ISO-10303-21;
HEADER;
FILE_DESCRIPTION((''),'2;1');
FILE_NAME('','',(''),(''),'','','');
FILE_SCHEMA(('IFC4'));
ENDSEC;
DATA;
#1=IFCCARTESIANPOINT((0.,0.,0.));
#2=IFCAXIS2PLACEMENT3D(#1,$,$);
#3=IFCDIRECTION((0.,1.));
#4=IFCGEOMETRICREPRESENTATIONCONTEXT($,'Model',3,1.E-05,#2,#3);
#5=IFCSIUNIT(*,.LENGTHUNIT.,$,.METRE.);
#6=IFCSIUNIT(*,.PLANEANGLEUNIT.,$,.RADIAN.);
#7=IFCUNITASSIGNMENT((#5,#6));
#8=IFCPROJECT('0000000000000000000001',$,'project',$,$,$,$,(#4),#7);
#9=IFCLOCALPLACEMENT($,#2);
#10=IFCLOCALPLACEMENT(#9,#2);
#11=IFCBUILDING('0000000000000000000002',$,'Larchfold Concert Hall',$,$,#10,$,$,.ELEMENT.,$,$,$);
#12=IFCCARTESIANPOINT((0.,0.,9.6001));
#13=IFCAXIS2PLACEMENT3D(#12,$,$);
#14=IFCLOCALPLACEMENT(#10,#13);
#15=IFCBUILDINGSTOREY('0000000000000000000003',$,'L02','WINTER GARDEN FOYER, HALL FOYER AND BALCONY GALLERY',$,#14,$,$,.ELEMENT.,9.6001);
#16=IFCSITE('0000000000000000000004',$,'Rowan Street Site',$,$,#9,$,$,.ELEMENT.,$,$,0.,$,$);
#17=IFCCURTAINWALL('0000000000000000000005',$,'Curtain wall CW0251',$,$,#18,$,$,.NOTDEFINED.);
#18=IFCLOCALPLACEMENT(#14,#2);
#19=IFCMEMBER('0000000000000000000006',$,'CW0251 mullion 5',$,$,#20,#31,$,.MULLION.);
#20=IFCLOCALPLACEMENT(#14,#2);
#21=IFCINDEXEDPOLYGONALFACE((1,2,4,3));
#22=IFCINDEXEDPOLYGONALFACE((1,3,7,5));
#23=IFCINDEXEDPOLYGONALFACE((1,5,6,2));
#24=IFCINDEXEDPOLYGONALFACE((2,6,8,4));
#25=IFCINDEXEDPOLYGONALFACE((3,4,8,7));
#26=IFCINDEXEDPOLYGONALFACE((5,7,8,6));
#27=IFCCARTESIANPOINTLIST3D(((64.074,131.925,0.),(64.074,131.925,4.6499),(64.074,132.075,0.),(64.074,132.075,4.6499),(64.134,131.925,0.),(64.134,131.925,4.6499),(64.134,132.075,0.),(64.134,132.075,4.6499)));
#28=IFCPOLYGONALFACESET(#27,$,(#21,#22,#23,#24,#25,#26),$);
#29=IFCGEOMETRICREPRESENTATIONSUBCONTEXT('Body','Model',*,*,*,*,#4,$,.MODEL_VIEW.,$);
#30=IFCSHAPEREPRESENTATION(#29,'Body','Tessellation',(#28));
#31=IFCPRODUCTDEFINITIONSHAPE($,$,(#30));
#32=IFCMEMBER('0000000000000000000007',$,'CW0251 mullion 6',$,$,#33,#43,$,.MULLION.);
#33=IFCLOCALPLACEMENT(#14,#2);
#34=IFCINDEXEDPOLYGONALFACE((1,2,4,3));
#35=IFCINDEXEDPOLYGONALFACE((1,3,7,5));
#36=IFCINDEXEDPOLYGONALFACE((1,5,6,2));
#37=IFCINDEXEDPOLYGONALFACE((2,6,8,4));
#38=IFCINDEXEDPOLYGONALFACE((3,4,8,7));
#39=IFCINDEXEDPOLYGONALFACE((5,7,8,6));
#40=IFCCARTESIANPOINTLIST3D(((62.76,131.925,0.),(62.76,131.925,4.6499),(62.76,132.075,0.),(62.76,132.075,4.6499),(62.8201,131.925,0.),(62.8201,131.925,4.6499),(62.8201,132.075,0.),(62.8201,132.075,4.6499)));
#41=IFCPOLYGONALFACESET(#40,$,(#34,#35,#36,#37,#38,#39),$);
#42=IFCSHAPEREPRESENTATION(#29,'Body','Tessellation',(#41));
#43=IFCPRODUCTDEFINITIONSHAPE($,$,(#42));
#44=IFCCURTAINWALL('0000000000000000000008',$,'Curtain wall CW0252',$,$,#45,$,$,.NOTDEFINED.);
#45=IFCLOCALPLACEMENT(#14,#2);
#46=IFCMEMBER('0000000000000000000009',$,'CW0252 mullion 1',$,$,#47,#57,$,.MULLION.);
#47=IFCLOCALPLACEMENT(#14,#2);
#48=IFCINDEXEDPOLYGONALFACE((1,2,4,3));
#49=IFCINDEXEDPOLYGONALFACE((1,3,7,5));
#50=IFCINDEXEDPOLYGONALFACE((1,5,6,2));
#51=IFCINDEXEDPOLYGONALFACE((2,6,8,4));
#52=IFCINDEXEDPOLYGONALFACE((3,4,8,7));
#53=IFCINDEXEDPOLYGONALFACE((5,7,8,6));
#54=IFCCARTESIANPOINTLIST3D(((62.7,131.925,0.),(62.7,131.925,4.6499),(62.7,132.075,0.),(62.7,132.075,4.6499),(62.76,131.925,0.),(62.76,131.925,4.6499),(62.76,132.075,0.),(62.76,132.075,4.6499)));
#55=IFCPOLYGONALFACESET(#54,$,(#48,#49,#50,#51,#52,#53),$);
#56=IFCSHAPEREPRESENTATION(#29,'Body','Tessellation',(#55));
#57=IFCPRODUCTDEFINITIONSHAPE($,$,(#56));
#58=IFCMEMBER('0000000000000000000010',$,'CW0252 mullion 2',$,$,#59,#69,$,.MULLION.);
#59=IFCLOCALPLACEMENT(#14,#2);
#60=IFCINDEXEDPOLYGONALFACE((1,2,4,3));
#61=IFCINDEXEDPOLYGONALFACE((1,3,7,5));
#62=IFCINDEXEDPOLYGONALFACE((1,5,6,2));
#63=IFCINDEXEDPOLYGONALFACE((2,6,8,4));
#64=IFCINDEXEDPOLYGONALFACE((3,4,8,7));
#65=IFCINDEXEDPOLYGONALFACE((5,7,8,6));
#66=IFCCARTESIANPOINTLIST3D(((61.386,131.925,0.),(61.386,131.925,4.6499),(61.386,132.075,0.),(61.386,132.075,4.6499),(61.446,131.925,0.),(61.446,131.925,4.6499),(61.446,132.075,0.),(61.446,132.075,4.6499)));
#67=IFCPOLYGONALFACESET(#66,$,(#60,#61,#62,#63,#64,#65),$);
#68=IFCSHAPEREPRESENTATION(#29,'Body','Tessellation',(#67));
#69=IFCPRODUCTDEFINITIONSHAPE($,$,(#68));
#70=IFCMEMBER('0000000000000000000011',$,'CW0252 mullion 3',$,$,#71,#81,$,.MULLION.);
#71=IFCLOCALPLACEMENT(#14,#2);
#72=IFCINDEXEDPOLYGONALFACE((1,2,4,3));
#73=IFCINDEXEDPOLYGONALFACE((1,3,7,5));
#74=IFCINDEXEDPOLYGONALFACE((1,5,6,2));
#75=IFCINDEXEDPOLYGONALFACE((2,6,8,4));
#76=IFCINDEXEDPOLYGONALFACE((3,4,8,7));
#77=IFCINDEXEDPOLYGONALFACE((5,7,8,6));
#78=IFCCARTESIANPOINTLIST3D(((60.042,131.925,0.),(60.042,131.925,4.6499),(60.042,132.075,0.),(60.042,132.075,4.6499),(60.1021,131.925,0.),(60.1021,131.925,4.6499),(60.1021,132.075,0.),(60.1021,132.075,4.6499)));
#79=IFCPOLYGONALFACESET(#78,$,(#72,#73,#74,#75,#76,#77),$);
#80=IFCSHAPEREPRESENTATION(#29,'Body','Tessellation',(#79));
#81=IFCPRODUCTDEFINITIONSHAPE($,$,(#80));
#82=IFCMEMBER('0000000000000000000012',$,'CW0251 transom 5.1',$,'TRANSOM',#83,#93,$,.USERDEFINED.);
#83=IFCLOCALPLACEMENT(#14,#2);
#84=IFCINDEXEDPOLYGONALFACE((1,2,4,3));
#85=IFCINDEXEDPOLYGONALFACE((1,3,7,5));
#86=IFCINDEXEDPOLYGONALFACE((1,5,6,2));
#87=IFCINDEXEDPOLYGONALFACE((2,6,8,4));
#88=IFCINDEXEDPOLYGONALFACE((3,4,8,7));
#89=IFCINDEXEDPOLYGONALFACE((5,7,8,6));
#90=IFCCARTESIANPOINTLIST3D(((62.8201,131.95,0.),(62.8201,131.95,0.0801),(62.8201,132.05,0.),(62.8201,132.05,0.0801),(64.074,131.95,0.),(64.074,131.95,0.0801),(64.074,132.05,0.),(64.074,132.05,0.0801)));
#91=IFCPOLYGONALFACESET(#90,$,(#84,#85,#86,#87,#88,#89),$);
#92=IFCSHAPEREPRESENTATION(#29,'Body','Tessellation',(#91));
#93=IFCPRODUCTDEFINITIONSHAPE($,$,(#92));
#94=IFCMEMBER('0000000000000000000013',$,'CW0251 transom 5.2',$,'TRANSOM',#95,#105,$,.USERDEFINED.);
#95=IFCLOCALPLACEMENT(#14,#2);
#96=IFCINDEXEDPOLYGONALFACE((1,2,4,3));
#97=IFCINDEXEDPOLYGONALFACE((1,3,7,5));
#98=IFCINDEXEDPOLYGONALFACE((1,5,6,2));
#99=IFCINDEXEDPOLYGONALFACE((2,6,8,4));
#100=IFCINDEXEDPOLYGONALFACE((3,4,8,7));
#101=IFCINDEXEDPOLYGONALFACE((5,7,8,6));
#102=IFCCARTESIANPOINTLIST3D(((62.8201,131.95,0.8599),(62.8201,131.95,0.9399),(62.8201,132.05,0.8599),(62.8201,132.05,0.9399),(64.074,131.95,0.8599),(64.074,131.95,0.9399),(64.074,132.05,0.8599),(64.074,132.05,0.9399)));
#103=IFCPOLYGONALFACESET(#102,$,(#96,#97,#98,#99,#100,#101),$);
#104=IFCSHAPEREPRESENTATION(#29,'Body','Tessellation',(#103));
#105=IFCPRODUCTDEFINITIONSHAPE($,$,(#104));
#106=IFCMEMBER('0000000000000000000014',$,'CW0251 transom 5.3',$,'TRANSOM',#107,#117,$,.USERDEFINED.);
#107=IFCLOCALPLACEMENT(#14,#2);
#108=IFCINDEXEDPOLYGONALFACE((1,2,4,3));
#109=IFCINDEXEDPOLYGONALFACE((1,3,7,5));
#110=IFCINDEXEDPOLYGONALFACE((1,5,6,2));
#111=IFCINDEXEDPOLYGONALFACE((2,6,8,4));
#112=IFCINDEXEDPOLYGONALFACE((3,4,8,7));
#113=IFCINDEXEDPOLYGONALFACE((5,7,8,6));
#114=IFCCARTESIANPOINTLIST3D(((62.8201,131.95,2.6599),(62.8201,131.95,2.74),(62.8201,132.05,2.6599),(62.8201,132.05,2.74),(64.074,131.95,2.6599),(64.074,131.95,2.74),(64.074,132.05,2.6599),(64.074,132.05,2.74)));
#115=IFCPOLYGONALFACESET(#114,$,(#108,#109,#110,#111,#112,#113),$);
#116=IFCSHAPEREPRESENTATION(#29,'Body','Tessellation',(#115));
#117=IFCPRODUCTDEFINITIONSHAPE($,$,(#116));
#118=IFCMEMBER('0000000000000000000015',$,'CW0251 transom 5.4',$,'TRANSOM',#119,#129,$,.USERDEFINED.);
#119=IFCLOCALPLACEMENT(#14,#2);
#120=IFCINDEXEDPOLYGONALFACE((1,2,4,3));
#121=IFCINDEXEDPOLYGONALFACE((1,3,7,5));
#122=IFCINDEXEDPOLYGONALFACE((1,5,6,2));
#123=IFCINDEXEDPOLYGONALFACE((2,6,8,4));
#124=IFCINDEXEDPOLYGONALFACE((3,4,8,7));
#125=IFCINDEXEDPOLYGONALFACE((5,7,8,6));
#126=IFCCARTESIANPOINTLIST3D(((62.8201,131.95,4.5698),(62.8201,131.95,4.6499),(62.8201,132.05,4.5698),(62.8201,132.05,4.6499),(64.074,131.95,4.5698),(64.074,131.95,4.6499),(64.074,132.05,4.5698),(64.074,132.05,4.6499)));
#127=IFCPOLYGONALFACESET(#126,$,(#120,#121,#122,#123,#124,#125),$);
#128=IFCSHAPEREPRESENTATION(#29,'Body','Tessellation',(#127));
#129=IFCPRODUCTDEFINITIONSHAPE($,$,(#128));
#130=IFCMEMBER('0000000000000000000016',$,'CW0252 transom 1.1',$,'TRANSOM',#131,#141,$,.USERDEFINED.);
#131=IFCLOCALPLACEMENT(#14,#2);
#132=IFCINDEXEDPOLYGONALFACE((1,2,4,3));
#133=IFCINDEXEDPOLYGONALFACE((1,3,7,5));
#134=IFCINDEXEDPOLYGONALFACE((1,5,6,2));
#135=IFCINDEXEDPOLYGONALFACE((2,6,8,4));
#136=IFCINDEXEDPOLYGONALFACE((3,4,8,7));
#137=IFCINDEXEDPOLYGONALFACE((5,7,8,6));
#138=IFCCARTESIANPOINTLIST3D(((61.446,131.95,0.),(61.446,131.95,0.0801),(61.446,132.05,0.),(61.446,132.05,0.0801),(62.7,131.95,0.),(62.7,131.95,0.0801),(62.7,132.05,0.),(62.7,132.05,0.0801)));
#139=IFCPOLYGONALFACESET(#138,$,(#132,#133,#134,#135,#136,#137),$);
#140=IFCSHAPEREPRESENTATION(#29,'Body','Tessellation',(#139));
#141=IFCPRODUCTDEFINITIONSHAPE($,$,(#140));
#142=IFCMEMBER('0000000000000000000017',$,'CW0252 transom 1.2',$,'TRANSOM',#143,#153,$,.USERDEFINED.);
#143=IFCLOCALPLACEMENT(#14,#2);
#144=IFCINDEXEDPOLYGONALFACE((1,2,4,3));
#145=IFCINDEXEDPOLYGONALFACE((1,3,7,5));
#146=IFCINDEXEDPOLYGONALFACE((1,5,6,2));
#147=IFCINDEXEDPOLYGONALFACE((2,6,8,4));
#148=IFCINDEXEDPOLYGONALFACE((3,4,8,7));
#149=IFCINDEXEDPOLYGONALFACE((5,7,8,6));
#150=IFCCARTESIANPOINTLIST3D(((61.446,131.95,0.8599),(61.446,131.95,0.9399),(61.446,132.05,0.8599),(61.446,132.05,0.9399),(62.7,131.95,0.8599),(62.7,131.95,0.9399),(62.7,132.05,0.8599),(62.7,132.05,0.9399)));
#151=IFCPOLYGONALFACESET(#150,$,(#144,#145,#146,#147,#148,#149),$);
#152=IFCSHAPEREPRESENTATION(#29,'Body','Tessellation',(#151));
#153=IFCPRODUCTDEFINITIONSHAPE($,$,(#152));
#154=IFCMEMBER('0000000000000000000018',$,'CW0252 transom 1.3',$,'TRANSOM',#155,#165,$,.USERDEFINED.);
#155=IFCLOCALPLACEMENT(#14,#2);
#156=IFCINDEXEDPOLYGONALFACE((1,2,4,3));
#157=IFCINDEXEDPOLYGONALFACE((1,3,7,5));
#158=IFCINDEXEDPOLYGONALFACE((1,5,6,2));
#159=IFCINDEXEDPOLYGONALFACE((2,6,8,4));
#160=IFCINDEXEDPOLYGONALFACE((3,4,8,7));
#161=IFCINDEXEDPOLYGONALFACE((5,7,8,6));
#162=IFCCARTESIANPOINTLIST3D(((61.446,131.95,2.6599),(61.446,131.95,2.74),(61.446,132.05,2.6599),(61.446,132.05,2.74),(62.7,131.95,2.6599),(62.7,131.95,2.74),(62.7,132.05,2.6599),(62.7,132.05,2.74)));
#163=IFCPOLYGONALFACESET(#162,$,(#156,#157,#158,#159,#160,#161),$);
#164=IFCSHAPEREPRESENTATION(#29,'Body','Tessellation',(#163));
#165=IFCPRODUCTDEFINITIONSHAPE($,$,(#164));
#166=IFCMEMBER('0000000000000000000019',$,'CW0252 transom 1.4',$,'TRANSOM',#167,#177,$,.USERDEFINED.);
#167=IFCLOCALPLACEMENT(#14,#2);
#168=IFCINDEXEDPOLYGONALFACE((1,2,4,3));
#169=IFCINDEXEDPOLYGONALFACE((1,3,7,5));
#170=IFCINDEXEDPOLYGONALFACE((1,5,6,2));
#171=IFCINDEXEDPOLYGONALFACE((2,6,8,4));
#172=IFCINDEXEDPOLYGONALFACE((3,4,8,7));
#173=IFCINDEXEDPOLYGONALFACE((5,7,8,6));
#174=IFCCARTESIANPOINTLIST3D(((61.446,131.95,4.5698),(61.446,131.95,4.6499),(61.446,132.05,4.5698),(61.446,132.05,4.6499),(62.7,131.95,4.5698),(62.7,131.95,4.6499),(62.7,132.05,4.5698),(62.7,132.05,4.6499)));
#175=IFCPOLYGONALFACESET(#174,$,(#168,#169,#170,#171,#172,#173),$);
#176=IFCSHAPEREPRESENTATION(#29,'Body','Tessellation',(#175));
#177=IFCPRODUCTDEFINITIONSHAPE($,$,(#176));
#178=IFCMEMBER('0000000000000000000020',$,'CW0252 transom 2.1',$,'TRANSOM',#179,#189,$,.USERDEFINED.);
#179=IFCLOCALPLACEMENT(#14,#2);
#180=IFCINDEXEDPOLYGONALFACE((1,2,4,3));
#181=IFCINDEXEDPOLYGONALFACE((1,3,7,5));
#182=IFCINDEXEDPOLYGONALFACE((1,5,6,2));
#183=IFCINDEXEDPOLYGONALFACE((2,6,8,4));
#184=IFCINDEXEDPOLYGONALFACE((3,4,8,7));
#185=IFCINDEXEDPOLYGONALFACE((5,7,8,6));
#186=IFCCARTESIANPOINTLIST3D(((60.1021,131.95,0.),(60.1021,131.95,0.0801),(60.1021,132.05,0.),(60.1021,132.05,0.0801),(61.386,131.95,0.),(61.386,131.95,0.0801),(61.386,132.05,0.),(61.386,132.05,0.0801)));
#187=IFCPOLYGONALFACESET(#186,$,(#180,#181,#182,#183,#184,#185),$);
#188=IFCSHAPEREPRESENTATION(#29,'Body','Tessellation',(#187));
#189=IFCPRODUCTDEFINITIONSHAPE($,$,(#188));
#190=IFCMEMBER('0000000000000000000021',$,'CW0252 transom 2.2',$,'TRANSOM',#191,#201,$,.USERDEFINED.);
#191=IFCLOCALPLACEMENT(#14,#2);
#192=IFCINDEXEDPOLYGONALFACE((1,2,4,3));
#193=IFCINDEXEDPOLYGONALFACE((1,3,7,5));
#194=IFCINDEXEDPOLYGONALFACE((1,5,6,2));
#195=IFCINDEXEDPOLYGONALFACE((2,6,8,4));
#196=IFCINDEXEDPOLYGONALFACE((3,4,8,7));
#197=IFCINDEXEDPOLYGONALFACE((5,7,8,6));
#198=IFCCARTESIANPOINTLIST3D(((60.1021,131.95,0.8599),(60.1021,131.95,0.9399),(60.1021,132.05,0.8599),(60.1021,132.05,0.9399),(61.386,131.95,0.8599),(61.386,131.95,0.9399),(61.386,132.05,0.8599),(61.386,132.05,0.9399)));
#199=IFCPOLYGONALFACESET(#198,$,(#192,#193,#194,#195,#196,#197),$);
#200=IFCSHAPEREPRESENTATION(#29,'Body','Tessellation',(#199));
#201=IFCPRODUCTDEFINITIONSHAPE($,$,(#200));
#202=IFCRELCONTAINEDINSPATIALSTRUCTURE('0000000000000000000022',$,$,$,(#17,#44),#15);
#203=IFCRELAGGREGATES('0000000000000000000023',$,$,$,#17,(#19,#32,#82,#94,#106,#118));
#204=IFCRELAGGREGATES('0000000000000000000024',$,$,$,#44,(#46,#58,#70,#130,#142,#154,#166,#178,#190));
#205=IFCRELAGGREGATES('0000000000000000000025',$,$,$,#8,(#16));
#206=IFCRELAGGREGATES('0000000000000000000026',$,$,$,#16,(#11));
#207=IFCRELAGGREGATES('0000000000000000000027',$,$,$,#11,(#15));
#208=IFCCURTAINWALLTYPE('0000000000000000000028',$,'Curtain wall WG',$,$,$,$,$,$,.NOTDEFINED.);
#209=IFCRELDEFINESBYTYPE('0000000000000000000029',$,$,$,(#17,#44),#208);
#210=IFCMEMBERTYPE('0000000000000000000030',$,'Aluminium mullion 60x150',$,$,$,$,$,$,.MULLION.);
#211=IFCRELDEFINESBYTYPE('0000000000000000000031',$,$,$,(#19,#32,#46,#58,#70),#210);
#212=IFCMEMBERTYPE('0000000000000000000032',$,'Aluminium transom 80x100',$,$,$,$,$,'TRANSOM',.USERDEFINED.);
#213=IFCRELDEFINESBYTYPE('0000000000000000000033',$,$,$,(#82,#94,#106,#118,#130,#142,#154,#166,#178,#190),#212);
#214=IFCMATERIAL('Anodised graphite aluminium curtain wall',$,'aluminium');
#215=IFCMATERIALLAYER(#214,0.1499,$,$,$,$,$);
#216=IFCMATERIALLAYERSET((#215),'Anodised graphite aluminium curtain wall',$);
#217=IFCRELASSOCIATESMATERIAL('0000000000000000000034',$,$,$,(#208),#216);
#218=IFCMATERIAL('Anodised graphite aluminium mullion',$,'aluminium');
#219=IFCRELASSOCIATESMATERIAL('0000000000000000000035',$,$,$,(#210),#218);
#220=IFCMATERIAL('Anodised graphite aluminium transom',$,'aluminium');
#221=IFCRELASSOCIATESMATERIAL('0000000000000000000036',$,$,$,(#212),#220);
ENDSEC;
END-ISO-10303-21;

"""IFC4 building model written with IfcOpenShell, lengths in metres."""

from ifc_helpers import new_model, si_unit, direction, frame, origin, origin_2d, place, context, subcontext, project, spatial, rectangle, extrude, material, layer, layer_set, material_profile, profile_set, type_object, element, aggregate, save


model = new_model("IFC4")

# Units and contexts
model_context = context("Model", 3, precision=1e-05, world=origin(), true_north=direction((0.0, 1.0)))
body_context = subcontext(model_context, "Body", "Model", "MODEL_VIEW")
ifc_project = project(units=[si_unit("LENGTHUNIT", "METRE"), si_unit("PLANEANGLEUNIT", "RADIAN")], contexts=[model_context])

# Site, building, storey
site_placement = place(None, origin())
site = spatial("IfcSite", under=ifc_project, at=site_placement, Name="Rowan Street Site", CompositionType="ELEMENT", RefElevation=0.0)
building_placement = place(site_placement, origin())
building = spatial("IfcBuilding", under=site, at=building_placement, Name="Larchfold Concert Hall", CompositionType="ELEMENT")
storey_placement = place(building_placement, frame((0.0, 0.0, 9.6001)))
storey = spatial("IfcBuildingStorey", under=building, at=storey_placement, Name="L02", Description="WINTER GARDEN FOYER, HALL FOYER AND BALCONY GALLERY", CompositionType="ELEMENT", Elevation=9.6001)

# Curtain walls, members
ifc_material_1 = material(Name="Anodised graphite aluminium curtain wall", Category="aluminium")
ifc_layer_1 = layer(ifc_material_1, 0.1499)
ifc_layer_set_1 = layer_set([ifc_layer_1], Name="Anodised graphite aluminium curtain wall")
curtain_wall_type = type_object("IfcCurtainWallType", Name="Curtain wall WG", PredefinedType="NOTDEFINED", material=ifc_layer_set_1)
curtain_wall_1_placement = place(storey_placement, origin())
curtain_wall_1 = element("IfcCurtainWall", 1, at=curtain_wall_1_placement, inside=storey, type_object=curtain_wall_type, Name="Curtain wall CW0251", PredefinedType="NOTDEFINED")
ifc_material_2 = material(Name="Anodised graphite aluminium mullion", Category="aluminium")
ifc_material_profile_1 = material_profile(ifc_material_2, rectangle(XDim=0.1499, YDim=0.0601, at=origin_2d()))
ifc_profile_set_1 = profile_set([ifc_material_profile_1], Name="Anodised graphite aluminium mullion")
member_type_1 = type_object("IfcMemberType", Name="Aluminium mullion 60x150", PredefinedType="MULLION", material=ifc_profile_set_1)
member_1_placement = place(storey_placement, frame((64.104, 132.0, 0.0), z_axis=(0.0, 0.0, 1.0), x_axis=(0.0, -1.0, 0.0)))
member_1 = element("IfcMember", 2, at=member_1_placement, type_object=member_type_1, Name="CW0251 mullion 5", PredefinedType="MULLION", context=body_context, shape_type="SweptSolid", body=[
    extrude(rectangle(XDim=0.1499, YDim=0.0601, at=origin_2d()), origin(), (0.0, 0.0, 1.0), 4.6499),
])
member_2_placement = place(storey_placement, frame((62.79, 132.0, 0.0), z_axis=(0.0, 0.0, 1.0), x_axis=(0.0, -1.0, 0.0)))
member_2 = element("IfcMember", 3, at=member_2_placement, type_object=member_type_1, Name="CW0251 mullion 6", PredefinedType="MULLION", context=body_context, shape_type="SweptSolid", body=[
    extrude(rectangle(XDim=0.1499, YDim=0.0601, at=origin_2d()), origin(), (0.0, 0.0, 1.0), 4.6499),
])
curtain_wall_2_placement = place(storey_placement, origin())
curtain_wall_2 = element("IfcCurtainWall", 4, at=curtain_wall_2_placement, inside=storey, type_object=curtain_wall_type, Name="Curtain wall CW0252", PredefinedType="NOTDEFINED")
member_3_placement = place(storey_placement, frame((62.73, 132.0, 0.0), z_axis=(0.0, 0.0, 1.0), x_axis=(0.0, -1.0, 0.0)))
member_3 = element("IfcMember", 5, at=member_3_placement, type_object=member_type_1, Name="CW0252 mullion 1", PredefinedType="MULLION", context=body_context, shape_type="SweptSolid", body=[
    extrude(rectangle(XDim=0.1499, YDim=0.0601, at=origin_2d()), origin(), (0.0, 0.0, 1.0), 4.6499),
])
member_4_placement = place(storey_placement, frame((61.416, 132.0, 0.0), z_axis=(0.0, 0.0, 1.0), x_axis=(0.0, -1.0, 0.0)))
member_4 = element("IfcMember", 6, at=member_4_placement, type_object=member_type_1, Name="CW0252 mullion 2", PredefinedType="MULLION", context=body_context, shape_type="SweptSolid", body=[
    extrude(rectangle(XDim=0.1499, YDim=0.0601, at=origin_2d()), origin(), (0.0, 0.0, 1.0), 4.6499),
])
member_5_placement = place(storey_placement, frame((60.072, 132.0, 0.0), z_axis=(0.0, 0.0, 1.0), x_axis=(0.0, -1.0, 0.0)))
member_5 = element("IfcMember", 7, at=member_5_placement, type_object=member_type_1, Name="CW0252 mullion 3", PredefinedType="MULLION", context=body_context, shape_type="SweptSolid", body=[
    extrude(rectangle(XDim=0.1499, YDim=0.0601, at=origin_2d()), origin(), (0.0, 0.0, 1.0), 4.6499),
])

# Members
ifc_material_3 = material(Name="Anodised graphite aluminium transom", Category="aluminium")
ifc_material_profile_2 = material_profile(ifc_material_3, rectangle(XDim=0.1001, YDim=0.0801, at=origin_2d()))
ifc_profile_set_2 = profile_set([ifc_material_profile_2], Name="Anodised graphite aluminium transom")
member_type_2 = type_object("IfcMemberType", Name="Aluminium transom 80x100", ElementType="TRANSOM", PredefinedType="USERDEFINED", material=ifc_profile_set_2)
member_6_placement = place(storey_placement, frame((64.074, 132.0, 0.04), z_axis=(-1.0, 0.0, 0.0), x_axis=(0.0, -1.0, 0.0)))
member_6 = element("IfcMember", 8, at=member_6_placement, type_object=member_type_2, Name="CW0251 transom 5.1", ObjectType="TRANSOM", PredefinedType="USERDEFINED", context=body_context, shape_type="SweptSolid", body=[
    extrude(rectangle(XDim=0.1001, YDim=0.0801, at=origin_2d()), origin(), (0.0, 0.0, 1.0), 1.2539),
])
member_7_placement = place(storey_placement, frame((64.074, 132.0, 0.8999), z_axis=(-1.0, 0.0, 0.0), x_axis=(0.0, -1.0, 0.0)))
member_7 = element("IfcMember", 9, at=member_7_placement, type_object=member_type_2, Name="CW0251 transom 5.2", ObjectType="TRANSOM", PredefinedType="USERDEFINED", context=body_context, shape_type="SweptSolid", body=[
    extrude(rectangle(XDim=0.1001, YDim=0.0801, at=origin_2d()), origin(), (0.0, 0.0, 1.0), 1.2539),
])
member_8_placement = place(storey_placement, frame((64.074, 132.0, 2.7), z_axis=(-1.0, 0.0, 0.0), x_axis=(0.0, -1.0, 0.0)))
member_8 = element("IfcMember", 10, at=member_8_placement, type_object=member_type_2, Name="CW0251 transom 5.3", ObjectType="TRANSOM", PredefinedType="USERDEFINED", context=body_context, shape_type="SweptSolid", body=[
    extrude(rectangle(XDim=0.1001, YDim=0.0801, at=origin_2d()), origin(), (0.0, 0.0, 1.0), 1.2539),
])
member_9_placement = place(storey_placement, frame((64.074, 132.0, 4.6099), z_axis=(-1.0, 0.0, 0.0), x_axis=(0.0, -1.0, 0.0)))
member_9 = element("IfcMember", 11, at=member_9_placement, type_object=member_type_2, Name="CW0251 transom 5.4", ObjectType="TRANSOM", PredefinedType="USERDEFINED", context=body_context, shape_type="SweptSolid", body=[
    extrude(rectangle(XDim=0.1001, YDim=0.0801, at=origin_2d()), origin(), (0.0, 0.0, 1.0), 1.2539),
])
member_10_placement = place(storey_placement, frame((62.7, 132.0, 0.04), z_axis=(-1.0, 0.0, 0.0), x_axis=(0.0, -1.0, 0.0)))
member_10 = element("IfcMember", 12, at=member_10_placement, type_object=member_type_2, Name="CW0252 transom 1.1", ObjectType="TRANSOM", PredefinedType="USERDEFINED", context=body_context, shape_type="SweptSolid", body=[
    extrude(rectangle(XDim=0.1001, YDim=0.0801, at=origin_2d()), origin(), (0.0, 0.0, 1.0), 1.2539),
])
member_11_placement = place(storey_placement, frame((62.7, 132.0, 0.8999), z_axis=(-1.0, 0.0, 0.0), x_axis=(0.0, -1.0, 0.0)))
member_11 = element("IfcMember", 13, at=member_11_placement, type_object=member_type_2, Name="CW0252 transom 1.2", ObjectType="TRANSOM", PredefinedType="USERDEFINED", context=body_context, shape_type="SweptSolid", body=[
    extrude(rectangle(XDim=0.1001, YDim=0.0801, at=origin_2d()), origin(), (0.0, 0.0, 1.0), 1.2539),
])
member_12_placement = place(storey_placement, frame((62.7, 132.0, 2.7), z_axis=(-1.0, 0.0, 0.0), x_axis=(0.0, -1.0, 0.0)))
member_12 = element("IfcMember", 14, at=member_12_placement, type_object=member_type_2, Name="CW0252 transom 1.3", ObjectType="TRANSOM", PredefinedType="USERDEFINED", context=body_context, shape_type="SweptSolid", body=[
    extrude(rectangle(XDim=0.1001, YDim=0.0801, at=origin_2d()), origin(), (0.0, 0.0, 1.0), 1.2539),
])
member_13_placement = place(storey_placement, frame((62.7, 132.0, 4.6099), z_axis=(-1.0, 0.0, 0.0), x_axis=(0.0, -1.0, 0.0)))
member_13 = element("IfcMember", 15, at=member_13_placement, type_object=member_type_2, Name="CW0252 transom 1.4", ObjectType="TRANSOM", PredefinedType="USERDEFINED", context=body_context, shape_type="SweptSolid", body=[
    extrude(rectangle(XDim=0.1001, YDim=0.0801, at=origin_2d()), origin(), (0.0, 0.0, 1.0), 1.2539),
])
member_14_placement = place(storey_placement, frame((61.386, 132.0, 0.04), z_axis=(-1.0, 0.0, 0.0), x_axis=(0.0, -1.0, 0.0)))
member_14 = element("IfcMember", 16, at=member_14_placement, type_object=member_type_2, Name="CW0252 transom 2.1", ObjectType="TRANSOM", PredefinedType="USERDEFINED", context=body_context, shape_type="SweptSolid", body=[
    extrude(rectangle(XDim=0.1001, YDim=0.0801, at=origin_2d()), origin(), (0.0, 0.0, 1.0), 1.2839),
])
member_15_placement = place(storey_placement, frame((61.386, 132.0, 0.8999), z_axis=(-1.0, 0.0, 0.0), x_axis=(0.0, -1.0, 0.0)))
member_15 = element("IfcMember", 17, at=member_15_placement, type_object=member_type_2, Name="CW0252 transom 2.2", ObjectType="TRANSOM", PredefinedType="USERDEFINED", context=body_context, shape_type="SweptSolid", body=[
    extrude(rectangle(XDim=0.1001, YDim=0.0801, at=origin_2d()), origin(), (0.0, 0.0, 1.0), 1.2839),
])

aggregate(curtain_wall_1, [member_1, member_2, member_6, member_7, member_8, member_9])
aggregate(curtain_wall_2, [member_3, member_4, member_5, member_10, member_11, member_12, member_13, member_14, member_15])

save(model, "model.ifc")
